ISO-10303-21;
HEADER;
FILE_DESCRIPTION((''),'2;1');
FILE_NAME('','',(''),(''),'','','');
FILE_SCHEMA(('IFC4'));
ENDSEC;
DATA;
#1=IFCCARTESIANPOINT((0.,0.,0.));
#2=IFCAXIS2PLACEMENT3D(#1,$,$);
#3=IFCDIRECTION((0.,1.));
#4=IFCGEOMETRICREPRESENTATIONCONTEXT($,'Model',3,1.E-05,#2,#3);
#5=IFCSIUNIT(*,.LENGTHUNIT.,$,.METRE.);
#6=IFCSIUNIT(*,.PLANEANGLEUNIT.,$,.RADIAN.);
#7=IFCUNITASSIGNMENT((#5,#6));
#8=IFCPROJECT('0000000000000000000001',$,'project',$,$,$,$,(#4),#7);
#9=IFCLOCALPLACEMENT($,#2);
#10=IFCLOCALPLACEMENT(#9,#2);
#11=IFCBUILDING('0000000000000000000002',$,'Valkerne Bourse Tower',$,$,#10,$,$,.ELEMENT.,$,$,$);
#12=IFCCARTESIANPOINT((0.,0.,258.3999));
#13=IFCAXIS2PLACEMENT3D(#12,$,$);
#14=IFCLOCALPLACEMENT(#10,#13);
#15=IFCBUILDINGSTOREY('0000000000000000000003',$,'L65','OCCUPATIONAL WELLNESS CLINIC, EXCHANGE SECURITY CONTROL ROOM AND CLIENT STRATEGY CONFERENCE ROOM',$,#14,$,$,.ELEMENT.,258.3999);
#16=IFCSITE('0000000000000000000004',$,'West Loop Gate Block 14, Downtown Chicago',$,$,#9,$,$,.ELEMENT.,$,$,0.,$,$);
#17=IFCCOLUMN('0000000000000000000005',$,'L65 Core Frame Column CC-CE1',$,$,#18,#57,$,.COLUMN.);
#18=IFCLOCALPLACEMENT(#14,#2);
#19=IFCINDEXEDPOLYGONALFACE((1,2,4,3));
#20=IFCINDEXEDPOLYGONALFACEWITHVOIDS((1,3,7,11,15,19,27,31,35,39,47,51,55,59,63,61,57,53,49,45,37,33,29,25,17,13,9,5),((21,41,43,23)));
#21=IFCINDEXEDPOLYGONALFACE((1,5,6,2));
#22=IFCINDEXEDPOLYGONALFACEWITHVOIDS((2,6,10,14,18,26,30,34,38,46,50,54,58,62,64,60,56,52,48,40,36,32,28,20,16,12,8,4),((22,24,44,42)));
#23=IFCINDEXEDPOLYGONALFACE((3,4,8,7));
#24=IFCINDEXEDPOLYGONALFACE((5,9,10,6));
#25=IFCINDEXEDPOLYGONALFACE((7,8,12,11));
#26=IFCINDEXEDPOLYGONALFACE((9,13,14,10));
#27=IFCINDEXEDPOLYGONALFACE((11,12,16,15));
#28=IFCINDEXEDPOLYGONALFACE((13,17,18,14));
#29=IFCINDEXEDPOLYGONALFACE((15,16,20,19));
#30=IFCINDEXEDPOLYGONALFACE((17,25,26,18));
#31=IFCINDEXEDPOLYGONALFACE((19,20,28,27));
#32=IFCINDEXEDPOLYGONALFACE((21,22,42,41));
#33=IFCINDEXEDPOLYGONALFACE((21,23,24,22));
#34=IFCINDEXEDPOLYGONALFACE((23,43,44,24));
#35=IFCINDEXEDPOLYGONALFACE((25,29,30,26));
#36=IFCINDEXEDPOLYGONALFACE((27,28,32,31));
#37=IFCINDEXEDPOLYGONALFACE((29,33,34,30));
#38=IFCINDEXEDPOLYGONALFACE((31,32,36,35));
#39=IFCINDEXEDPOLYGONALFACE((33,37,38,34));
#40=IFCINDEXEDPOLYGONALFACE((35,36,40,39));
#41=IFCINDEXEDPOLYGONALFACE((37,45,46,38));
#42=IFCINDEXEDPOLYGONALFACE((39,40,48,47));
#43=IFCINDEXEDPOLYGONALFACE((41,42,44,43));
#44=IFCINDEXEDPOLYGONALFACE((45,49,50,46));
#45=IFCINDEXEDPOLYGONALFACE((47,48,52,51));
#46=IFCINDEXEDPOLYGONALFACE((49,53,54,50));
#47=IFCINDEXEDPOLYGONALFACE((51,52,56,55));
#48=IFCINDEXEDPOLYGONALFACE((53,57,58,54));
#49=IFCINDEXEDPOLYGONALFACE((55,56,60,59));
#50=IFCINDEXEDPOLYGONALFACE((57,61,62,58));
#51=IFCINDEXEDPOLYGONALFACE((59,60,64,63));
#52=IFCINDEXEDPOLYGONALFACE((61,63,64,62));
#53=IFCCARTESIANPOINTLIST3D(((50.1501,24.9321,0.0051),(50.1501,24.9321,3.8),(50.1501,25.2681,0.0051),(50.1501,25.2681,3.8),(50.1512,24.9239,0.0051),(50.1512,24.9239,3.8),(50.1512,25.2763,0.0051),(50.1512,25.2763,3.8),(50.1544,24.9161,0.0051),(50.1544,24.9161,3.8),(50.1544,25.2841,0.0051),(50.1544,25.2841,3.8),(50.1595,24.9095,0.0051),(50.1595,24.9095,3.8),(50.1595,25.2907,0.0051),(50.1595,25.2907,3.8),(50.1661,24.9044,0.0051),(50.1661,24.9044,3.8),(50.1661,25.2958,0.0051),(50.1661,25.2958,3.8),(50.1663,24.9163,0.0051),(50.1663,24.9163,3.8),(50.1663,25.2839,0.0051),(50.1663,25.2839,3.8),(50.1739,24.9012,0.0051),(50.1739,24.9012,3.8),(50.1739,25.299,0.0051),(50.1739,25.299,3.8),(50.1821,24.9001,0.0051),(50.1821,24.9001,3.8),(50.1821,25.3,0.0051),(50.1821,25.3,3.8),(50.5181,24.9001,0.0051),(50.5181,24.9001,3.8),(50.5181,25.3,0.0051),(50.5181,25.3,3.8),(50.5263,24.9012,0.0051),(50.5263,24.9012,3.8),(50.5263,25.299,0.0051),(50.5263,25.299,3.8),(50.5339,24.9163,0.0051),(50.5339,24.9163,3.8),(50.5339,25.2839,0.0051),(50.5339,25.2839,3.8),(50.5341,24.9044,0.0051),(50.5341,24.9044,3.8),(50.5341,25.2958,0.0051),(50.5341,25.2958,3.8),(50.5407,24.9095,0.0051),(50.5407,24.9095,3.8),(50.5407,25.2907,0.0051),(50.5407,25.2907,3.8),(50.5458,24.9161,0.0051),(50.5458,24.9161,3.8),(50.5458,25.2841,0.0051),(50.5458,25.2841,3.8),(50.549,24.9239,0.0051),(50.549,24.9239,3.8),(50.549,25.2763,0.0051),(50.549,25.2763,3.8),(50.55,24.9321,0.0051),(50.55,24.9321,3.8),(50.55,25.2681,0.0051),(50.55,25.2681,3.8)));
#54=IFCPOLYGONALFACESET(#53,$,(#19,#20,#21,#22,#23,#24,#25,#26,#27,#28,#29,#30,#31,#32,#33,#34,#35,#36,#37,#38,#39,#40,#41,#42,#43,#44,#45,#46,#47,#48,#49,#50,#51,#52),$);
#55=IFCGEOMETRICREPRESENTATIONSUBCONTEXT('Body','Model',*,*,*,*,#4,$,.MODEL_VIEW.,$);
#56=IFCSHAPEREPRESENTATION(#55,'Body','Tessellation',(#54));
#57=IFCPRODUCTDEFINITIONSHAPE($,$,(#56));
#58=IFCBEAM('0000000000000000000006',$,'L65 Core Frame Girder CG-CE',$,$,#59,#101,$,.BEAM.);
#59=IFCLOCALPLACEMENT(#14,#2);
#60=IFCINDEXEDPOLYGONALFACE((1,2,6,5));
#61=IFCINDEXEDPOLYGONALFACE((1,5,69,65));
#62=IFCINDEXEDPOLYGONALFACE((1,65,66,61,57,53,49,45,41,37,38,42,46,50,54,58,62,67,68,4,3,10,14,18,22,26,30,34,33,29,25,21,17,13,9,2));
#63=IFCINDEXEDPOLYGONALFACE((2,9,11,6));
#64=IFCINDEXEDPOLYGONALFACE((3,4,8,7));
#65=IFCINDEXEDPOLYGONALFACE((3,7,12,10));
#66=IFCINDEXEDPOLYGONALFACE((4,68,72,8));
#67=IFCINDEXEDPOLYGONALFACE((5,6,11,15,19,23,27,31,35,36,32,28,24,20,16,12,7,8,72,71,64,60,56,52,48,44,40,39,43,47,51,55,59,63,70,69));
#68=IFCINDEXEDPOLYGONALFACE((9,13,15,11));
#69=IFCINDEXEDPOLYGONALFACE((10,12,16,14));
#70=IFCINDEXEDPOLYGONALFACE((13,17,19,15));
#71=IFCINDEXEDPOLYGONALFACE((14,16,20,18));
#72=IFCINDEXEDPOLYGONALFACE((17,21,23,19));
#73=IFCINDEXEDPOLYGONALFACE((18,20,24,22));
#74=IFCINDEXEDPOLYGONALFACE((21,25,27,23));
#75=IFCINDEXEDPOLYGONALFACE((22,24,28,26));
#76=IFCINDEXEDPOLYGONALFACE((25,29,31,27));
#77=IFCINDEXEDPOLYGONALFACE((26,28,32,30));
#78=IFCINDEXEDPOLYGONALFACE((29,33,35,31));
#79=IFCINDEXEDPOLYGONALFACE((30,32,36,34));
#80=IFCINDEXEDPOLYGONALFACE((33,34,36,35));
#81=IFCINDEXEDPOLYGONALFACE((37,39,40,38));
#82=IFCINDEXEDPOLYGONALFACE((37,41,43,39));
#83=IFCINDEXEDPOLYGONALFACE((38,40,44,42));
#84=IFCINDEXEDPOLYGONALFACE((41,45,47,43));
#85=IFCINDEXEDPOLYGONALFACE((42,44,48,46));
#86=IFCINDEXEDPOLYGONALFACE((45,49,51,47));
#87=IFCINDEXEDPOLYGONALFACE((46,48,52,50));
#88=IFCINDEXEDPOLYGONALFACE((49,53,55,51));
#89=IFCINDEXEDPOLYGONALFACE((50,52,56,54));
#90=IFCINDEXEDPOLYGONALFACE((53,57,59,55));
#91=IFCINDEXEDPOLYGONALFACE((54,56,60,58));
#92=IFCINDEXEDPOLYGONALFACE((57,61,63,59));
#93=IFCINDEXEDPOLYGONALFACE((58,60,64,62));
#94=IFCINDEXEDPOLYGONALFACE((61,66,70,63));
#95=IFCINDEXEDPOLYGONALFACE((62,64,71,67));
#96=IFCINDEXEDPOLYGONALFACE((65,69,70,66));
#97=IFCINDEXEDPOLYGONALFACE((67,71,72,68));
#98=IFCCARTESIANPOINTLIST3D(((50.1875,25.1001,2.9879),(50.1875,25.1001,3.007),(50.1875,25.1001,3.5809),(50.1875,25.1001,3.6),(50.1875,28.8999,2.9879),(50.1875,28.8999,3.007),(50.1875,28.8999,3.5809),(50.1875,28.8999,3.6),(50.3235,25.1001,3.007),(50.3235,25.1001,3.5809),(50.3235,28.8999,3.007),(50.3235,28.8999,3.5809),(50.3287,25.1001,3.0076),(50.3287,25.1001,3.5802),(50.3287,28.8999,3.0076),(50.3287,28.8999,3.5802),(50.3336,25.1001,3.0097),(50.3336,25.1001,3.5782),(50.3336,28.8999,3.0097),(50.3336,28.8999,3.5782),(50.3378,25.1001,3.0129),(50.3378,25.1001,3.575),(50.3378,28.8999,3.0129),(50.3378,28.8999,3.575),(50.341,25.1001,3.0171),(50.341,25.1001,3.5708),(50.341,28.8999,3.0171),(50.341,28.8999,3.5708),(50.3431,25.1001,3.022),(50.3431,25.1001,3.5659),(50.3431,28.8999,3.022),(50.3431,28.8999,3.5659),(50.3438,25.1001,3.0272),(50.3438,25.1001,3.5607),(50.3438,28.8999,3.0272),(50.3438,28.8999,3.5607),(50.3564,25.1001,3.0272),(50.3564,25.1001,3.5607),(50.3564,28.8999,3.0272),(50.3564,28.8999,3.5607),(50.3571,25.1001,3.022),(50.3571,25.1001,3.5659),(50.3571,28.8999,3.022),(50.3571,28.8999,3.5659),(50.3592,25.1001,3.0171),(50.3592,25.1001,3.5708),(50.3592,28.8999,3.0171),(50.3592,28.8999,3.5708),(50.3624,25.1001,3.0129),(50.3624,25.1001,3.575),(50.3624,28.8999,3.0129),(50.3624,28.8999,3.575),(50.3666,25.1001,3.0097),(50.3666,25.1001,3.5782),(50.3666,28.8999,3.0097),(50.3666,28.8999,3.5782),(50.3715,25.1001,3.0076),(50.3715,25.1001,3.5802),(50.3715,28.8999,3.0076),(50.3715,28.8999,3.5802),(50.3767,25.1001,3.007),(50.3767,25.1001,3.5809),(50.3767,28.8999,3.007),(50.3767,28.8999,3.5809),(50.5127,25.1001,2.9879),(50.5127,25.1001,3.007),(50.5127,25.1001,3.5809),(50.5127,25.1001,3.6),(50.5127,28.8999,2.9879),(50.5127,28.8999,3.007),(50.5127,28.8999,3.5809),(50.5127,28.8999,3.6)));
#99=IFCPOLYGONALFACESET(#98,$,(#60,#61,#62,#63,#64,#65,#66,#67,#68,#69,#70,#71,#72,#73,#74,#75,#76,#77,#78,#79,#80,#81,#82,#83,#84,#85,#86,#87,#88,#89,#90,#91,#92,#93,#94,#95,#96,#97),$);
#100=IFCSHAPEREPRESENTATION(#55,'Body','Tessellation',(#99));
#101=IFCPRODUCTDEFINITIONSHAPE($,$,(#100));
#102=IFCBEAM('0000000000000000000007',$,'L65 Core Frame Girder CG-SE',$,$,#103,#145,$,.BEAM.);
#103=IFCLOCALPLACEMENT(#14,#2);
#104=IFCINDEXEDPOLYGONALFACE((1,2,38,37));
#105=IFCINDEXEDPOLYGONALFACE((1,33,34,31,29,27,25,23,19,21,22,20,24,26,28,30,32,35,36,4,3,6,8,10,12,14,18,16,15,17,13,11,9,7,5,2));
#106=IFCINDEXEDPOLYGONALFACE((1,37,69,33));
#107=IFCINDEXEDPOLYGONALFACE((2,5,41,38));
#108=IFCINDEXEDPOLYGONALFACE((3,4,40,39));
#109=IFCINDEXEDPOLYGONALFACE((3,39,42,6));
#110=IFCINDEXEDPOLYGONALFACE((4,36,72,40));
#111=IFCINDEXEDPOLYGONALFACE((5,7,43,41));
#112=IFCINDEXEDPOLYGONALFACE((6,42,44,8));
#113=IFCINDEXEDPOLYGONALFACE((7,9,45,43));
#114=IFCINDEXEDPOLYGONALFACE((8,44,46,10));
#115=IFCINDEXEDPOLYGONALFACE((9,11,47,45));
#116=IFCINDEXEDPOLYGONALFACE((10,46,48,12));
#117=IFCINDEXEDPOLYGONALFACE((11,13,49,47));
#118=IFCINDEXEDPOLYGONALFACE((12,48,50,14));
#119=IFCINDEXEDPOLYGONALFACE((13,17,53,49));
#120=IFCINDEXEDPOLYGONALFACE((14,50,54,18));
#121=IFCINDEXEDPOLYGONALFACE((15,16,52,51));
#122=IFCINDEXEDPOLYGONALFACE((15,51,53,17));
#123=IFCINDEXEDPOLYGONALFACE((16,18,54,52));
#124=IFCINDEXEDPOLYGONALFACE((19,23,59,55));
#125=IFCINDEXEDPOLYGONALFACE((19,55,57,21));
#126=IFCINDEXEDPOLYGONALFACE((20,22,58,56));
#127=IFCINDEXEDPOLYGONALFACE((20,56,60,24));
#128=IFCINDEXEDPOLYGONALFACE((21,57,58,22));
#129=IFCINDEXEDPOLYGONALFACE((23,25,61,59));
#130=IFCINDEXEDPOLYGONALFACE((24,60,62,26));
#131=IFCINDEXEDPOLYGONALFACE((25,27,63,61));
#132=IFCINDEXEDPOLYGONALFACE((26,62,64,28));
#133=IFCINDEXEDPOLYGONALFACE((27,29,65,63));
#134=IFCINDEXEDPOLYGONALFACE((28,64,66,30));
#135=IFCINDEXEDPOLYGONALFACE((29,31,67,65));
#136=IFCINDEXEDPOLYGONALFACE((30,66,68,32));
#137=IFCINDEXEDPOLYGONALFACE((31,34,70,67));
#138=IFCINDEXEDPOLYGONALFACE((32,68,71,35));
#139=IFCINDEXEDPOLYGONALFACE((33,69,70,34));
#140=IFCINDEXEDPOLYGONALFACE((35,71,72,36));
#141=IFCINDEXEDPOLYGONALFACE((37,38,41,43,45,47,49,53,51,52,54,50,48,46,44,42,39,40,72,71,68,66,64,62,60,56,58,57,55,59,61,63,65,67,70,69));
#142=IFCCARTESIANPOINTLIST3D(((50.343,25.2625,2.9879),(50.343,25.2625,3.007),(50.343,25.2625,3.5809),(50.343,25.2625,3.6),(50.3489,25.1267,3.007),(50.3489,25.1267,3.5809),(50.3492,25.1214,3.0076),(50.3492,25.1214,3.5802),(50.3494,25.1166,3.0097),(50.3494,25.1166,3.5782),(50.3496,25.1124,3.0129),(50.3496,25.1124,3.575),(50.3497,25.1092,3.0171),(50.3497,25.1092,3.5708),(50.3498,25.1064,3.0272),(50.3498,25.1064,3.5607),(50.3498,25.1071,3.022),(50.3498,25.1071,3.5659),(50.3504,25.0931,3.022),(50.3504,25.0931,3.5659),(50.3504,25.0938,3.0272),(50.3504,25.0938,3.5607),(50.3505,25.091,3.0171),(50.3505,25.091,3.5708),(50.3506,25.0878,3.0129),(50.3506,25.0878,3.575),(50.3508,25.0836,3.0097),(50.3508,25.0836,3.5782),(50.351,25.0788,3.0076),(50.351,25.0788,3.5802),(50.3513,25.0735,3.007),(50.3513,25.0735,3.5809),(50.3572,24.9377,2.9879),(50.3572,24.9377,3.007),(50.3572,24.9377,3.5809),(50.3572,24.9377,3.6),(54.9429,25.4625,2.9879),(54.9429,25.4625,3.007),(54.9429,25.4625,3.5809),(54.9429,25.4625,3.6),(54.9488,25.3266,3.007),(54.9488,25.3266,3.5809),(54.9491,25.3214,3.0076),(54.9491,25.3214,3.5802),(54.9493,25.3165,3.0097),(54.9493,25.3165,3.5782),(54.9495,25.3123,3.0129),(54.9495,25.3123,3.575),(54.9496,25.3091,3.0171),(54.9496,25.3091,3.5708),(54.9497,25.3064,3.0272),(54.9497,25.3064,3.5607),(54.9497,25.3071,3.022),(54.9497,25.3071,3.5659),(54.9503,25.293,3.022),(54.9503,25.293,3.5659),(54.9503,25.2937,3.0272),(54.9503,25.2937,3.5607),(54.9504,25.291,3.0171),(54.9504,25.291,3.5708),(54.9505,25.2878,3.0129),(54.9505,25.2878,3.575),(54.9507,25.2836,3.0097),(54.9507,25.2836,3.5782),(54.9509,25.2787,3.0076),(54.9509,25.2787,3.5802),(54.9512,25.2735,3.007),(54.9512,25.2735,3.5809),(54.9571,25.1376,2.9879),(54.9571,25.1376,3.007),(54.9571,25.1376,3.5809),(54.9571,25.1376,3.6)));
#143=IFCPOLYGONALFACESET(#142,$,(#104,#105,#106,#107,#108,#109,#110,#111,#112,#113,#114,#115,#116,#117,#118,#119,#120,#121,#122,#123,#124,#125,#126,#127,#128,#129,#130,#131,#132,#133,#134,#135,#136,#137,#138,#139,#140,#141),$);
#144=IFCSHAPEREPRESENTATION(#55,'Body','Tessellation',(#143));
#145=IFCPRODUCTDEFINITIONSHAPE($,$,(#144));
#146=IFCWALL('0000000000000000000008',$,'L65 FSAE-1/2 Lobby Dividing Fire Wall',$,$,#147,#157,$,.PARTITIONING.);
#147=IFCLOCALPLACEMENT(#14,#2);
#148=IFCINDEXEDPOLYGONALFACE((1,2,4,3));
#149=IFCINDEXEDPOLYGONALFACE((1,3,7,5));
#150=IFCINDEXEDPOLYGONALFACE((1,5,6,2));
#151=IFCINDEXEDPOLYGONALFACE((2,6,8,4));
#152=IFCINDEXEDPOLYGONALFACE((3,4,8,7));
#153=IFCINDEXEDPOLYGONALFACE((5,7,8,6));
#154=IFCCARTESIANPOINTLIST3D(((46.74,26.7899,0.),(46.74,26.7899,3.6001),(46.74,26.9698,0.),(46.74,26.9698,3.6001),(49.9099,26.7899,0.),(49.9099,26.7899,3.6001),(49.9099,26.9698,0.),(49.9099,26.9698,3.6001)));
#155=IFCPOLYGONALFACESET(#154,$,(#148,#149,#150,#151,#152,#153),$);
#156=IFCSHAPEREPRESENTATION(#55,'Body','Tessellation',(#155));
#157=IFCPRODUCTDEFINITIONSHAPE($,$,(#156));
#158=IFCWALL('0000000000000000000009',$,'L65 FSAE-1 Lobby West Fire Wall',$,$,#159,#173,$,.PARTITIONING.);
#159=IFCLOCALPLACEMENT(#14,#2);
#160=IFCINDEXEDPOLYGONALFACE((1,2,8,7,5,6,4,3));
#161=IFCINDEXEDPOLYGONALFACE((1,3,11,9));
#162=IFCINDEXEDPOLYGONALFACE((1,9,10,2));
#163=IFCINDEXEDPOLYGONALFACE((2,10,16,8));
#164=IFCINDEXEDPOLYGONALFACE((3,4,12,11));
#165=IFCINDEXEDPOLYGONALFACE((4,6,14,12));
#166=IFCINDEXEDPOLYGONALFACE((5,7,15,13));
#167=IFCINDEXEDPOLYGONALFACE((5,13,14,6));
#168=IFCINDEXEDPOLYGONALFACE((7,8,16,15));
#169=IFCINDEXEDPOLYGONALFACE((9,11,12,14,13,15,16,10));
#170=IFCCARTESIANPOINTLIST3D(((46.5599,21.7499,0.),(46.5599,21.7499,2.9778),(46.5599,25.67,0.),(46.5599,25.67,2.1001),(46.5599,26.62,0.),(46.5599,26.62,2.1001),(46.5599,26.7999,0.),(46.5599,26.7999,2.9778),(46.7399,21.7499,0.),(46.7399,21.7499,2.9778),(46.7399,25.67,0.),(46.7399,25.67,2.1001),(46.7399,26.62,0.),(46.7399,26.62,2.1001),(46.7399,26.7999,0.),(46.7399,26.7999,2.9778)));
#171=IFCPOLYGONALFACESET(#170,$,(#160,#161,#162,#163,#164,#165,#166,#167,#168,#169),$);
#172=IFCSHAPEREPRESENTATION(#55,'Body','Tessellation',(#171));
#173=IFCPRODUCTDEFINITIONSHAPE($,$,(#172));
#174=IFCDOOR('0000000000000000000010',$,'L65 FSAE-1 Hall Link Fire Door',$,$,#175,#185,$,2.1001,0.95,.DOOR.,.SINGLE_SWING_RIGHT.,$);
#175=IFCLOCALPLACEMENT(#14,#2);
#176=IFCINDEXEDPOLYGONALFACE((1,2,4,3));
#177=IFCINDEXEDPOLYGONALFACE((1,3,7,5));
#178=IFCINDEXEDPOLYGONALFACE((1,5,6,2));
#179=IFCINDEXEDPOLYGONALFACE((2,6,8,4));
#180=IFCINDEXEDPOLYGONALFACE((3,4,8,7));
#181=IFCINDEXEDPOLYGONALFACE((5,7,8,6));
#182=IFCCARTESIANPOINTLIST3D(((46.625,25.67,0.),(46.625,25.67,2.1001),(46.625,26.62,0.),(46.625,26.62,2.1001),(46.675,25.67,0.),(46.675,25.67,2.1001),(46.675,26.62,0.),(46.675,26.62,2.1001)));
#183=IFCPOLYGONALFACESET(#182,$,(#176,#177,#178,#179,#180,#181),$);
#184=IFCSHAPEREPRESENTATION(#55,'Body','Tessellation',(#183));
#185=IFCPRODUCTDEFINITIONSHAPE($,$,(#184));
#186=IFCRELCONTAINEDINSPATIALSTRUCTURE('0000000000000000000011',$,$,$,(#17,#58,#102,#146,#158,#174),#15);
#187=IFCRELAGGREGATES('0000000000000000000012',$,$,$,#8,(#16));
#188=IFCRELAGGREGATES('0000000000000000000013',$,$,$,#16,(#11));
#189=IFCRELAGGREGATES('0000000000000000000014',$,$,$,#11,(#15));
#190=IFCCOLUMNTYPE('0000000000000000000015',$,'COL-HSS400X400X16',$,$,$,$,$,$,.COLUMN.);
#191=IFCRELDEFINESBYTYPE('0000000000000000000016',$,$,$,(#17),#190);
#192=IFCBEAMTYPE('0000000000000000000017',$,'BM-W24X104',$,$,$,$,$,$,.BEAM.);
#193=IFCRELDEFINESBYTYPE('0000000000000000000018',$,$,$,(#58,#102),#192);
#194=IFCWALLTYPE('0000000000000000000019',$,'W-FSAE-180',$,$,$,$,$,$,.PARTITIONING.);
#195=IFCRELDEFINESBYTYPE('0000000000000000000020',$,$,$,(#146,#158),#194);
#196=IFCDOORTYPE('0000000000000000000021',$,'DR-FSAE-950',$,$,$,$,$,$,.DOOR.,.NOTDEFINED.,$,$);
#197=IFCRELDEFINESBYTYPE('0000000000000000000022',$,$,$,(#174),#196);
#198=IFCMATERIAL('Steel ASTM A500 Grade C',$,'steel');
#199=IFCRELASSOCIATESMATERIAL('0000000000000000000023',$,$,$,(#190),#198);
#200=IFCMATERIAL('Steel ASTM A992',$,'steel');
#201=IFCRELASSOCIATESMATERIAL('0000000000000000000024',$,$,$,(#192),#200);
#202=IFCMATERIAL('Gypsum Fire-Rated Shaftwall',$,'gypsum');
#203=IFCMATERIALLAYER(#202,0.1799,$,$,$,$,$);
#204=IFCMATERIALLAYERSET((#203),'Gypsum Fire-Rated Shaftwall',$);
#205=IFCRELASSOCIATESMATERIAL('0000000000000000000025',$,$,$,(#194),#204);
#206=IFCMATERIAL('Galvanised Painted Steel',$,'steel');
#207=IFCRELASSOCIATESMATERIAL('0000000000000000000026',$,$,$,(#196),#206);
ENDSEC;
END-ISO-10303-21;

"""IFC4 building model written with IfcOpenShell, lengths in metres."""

from ifc_helpers import new_model, si_unit, direction, frame, frame_2d, origin, origin_2d, place, context, subcontext, project, spatial, rectangle, hollow_rectangle, i_section, extrude, material, layer, layer_set, material_profile, profile_set, type_object, element, fill, save


model = new_model("IFC4")

# Units and contexts
model_context = context("Model", 3, precision=1e-05, world=origin(), true_north=direction((0.0, 1.0)))
body_context = subcontext(model_context, "Body", "Model", "MODEL_VIEW")
ifc_project = project(units=[si_unit("LENGTHUNIT", "METRE"), si_unit("PLANEANGLEUNIT", "RADIAN")], contexts=[model_context])

# Site, building, storey
site_placement = place(None, origin())
site = spatial("IfcSite", under=ifc_project, at=site_placement, Name="West Loop Gate Block 14, Downtown Chicago", CompositionType="ELEMENT", RefElevation=0.0)
building_placement = place(site_placement, origin())
building = spatial("IfcBuilding", under=site, at=building_placement, Name="Valkerne Bourse Tower", CompositionType="ELEMENT")
storey_placement = place(building_placement, frame((0.0, 0.0, 258.3999)))
storey = spatial("IfcBuildingStorey", under=building, at=storey_placement, Name="L65", Description="OCCUPATIONAL WELLNESS CLINIC, EXCHANGE SECURITY CONTROL ROOM AND CLIENT STRATEGY CONFERENCE ROOM", CompositionType="ELEMENT", Elevation=258.3999)

# Column
ifc_material_1 = material(Name="Steel ASTM A500 Grade C", Category="steel")
ifc_material_profile_1 = material_profile(ifc_material_1, hollow_rectangle(XDim=0.3999, YDim=0.3999, WallThickness=0.0161, OuterFilletRadius=0.032, at=origin_2d()), Name="HSS400X400X16")
ifc_profile_set_1 = profile_set([ifc_material_profile_1], Name="Steel ASTM A500 Grade C")
column_type = type_object("IfcColumnType", Name="COL-HSS400X400X16", PredefinedType="COLUMN", material=ifc_profile_set_1)
column_placement = place(storey_placement, frame((50.3501, 25.1001, 0.0051), z_axis=(0.0, 0.0, 1.0), x_axis=(1.0, 0.0, 0.0)))
element("IfcColumn", 1, at=column_placement, inside=storey, type_object=column_type, Name="L65 Core Frame Column CC-CE1", PredefinedType="COLUMN", context=body_context, shape_type="SweptSolid", body=[
    extrude(hollow_rectangle(XDim=0.3999, YDim=0.3999, WallThickness=0.0161, OuterFilletRadius=0.032, at=origin_2d()), origin(), (0.0, 0.0, 1.0), 3.7949),
])

# Beams
ifc_material_2 = material(Name="Steel ASTM A992", Category="steel")
ifc_material_profile_2 = material_profile(ifc_material_2, i_section(OverallWidth=0.3252, OverallDepth=0.6121, WebThickness=0.0127, FlangeThickness=0.019, FilletRadius=0.0203, at=origin_2d()), Name="W24X104")
ifc_profile_set_2 = profile_set([ifc_material_profile_2], Name="Steel ASTM A992")
beam_type = type_object("IfcBeamType", Name="BM-W24X104", PredefinedType="BEAM", material=ifc_profile_set_2)
beam_1_placement = place(storey_placement, frame((50.3501, 25.1001, 3.2939), z_axis=(0.0, 1.0, 0.0), x_axis=(-1.0, 0.0, 0.0)))
element("IfcBeam", 2, at=beam_1_placement, inside=storey, type_object=beam_type, Name="L65 Core Frame Girder CG-CE", PredefinedType="BEAM", context=body_context, shape_type="SweptSolid", body=[
    extrude(i_section(OverallWidth=0.3252, OverallDepth=0.6121, WebThickness=0.0127, FlangeThickness=0.019, FilletRadius=0.0203, at=origin_2d()), origin(), (0.0, 0.0, 1.0), 3.7998),
])
beam_2_placement = place(storey_placement, frame((50.3501, 25.1001, 3.2939), z_axis=(0.999057, 0.043428, 0.0), x_axis=(-0.043428, 0.999057, 0.0)))
element("IfcBeam", 3, at=beam_2_placement, inside=storey, type_object=beam_type, Name="L65 Core Frame Girder CG-SE", PredefinedType="BEAM", context=body_context, shape_type="SweptSolid", body=[
    extrude(i_section(OverallWidth=0.3252, OverallDepth=0.6121, WebThickness=0.0127, FlangeThickness=0.019, FilletRadius=0.0203, at=origin_2d()), origin(), (0.0, 0.0, 1.0), 4.6042),
])

# Wall
ifc_material_3 = material(Name="Gypsum Fire-Rated Shaftwall", Category="gypsum")
ifc_layer_1 = layer(ifc_material_3, 0.1799)
ifc_layer_set_1 = layer_set([ifc_layer_1], Name="Gypsum Fire-Rated Shaftwall")
wall_type_1 = type_object("IfcWallType", Name="W-FSAE-180", PredefinedType="PARTITIONING", material=ifc_layer_set_1)
wall_1_placement = place(storey_placement, frame((46.74, 26.8799, 0.0), z_axis=(0.0, 0.0, 1.0), x_axis=(1.0, 0.0, 0.0)))
element("IfcWall", 4, at=wall_1_placement, inside=storey, type_object=wall_type_1, Name="L65 FSAE-1/2 Lobby Dividing Fire Wall", PredefinedType="PARTITIONING", context=body_context, shape_type="SweptSolid", body=[
    extrude(rectangle(XDim=3.1699, YDim=0.1799, at=frame_2d((1.585, 0.0))), origin(), (0.0, 0.0, 1.0), 3.6001),
])

# Wall, opening, door
wall_2_placement = place(storey_placement, frame((46.6499, 21.75, 0.0), z_axis=(0.0, 0.0, 1.0), x_axis=(0.0, 1.0, 0.0)))
wall_2 = element("IfcWall", 5, at=wall_2_placement, inside=storey, type_object=wall_type_1, Name="L65 FSAE-1 Lobby West Fire Wall", PredefinedType="PARTITIONING", context=body_context, shape_type="SweptSolid", body=[
    extrude(rectangle(XDim=5.05, YDim=0.1799, at=frame_2d((2.5249, 0.0))), origin(), (0.0, 0.0, 1.0), 2.9778),
])
opening_1_placement = place(wall_2_placement, frame((3.9199, 0.0, 0.0)))
opening_1 = element("IfcOpeningElement", 6, at=opening_1_placement, cuts=wall_2, PredefinedType="OPENING", context=body_context, shape_type="SweptSolid", body=[
    extrude(rectangle(XDim=0.95, YDim=2.1001, at=frame_2d((0.4751, 1.05))), frame((0.0, 0.0999, 0.0), z_axis=(0.0, -1.0, 0.0), x_axis=(1.0, 0.0, 0.0)), (0.0, 0.0, 1.0), 0.2),
])
ifc_material_4 = material(Name="Galvanised Painted Steel", Category="steel")
door_type_1 = type_object("IfcDoorType", Name="DR-FSAE-950", OperationType="NOTDEFINED", PredefinedType="DOOR", material=ifc_material_4)
door_1_placement = place(opening_1_placement, origin())
door_1 = element("IfcDoor", 7, at=door_1_placement, inside=storey, type_object=door_type_1, Name="L65 FSAE-1 Hall Link Fire Door", OperationType="SINGLE_SWING_RIGHT", OverallHeight=2.1001, OverallWidth=0.95, PredefinedType="DOOR", context=body_context, shape_type="SweptSolid", body=[
    extrude(rectangle(XDim=0.95, YDim=2.1001, at=frame_2d((0.4751, 1.05))), frame((0.0, 0.0249, 0.0), z_axis=(0.0, -1.0, 0.0), x_axis=(1.0, 0.0, 0.0)), (0.0, 0.0, 1.0), 0.05),
])
fill(opening_1, door_1)

save(model, "model.ifc")
